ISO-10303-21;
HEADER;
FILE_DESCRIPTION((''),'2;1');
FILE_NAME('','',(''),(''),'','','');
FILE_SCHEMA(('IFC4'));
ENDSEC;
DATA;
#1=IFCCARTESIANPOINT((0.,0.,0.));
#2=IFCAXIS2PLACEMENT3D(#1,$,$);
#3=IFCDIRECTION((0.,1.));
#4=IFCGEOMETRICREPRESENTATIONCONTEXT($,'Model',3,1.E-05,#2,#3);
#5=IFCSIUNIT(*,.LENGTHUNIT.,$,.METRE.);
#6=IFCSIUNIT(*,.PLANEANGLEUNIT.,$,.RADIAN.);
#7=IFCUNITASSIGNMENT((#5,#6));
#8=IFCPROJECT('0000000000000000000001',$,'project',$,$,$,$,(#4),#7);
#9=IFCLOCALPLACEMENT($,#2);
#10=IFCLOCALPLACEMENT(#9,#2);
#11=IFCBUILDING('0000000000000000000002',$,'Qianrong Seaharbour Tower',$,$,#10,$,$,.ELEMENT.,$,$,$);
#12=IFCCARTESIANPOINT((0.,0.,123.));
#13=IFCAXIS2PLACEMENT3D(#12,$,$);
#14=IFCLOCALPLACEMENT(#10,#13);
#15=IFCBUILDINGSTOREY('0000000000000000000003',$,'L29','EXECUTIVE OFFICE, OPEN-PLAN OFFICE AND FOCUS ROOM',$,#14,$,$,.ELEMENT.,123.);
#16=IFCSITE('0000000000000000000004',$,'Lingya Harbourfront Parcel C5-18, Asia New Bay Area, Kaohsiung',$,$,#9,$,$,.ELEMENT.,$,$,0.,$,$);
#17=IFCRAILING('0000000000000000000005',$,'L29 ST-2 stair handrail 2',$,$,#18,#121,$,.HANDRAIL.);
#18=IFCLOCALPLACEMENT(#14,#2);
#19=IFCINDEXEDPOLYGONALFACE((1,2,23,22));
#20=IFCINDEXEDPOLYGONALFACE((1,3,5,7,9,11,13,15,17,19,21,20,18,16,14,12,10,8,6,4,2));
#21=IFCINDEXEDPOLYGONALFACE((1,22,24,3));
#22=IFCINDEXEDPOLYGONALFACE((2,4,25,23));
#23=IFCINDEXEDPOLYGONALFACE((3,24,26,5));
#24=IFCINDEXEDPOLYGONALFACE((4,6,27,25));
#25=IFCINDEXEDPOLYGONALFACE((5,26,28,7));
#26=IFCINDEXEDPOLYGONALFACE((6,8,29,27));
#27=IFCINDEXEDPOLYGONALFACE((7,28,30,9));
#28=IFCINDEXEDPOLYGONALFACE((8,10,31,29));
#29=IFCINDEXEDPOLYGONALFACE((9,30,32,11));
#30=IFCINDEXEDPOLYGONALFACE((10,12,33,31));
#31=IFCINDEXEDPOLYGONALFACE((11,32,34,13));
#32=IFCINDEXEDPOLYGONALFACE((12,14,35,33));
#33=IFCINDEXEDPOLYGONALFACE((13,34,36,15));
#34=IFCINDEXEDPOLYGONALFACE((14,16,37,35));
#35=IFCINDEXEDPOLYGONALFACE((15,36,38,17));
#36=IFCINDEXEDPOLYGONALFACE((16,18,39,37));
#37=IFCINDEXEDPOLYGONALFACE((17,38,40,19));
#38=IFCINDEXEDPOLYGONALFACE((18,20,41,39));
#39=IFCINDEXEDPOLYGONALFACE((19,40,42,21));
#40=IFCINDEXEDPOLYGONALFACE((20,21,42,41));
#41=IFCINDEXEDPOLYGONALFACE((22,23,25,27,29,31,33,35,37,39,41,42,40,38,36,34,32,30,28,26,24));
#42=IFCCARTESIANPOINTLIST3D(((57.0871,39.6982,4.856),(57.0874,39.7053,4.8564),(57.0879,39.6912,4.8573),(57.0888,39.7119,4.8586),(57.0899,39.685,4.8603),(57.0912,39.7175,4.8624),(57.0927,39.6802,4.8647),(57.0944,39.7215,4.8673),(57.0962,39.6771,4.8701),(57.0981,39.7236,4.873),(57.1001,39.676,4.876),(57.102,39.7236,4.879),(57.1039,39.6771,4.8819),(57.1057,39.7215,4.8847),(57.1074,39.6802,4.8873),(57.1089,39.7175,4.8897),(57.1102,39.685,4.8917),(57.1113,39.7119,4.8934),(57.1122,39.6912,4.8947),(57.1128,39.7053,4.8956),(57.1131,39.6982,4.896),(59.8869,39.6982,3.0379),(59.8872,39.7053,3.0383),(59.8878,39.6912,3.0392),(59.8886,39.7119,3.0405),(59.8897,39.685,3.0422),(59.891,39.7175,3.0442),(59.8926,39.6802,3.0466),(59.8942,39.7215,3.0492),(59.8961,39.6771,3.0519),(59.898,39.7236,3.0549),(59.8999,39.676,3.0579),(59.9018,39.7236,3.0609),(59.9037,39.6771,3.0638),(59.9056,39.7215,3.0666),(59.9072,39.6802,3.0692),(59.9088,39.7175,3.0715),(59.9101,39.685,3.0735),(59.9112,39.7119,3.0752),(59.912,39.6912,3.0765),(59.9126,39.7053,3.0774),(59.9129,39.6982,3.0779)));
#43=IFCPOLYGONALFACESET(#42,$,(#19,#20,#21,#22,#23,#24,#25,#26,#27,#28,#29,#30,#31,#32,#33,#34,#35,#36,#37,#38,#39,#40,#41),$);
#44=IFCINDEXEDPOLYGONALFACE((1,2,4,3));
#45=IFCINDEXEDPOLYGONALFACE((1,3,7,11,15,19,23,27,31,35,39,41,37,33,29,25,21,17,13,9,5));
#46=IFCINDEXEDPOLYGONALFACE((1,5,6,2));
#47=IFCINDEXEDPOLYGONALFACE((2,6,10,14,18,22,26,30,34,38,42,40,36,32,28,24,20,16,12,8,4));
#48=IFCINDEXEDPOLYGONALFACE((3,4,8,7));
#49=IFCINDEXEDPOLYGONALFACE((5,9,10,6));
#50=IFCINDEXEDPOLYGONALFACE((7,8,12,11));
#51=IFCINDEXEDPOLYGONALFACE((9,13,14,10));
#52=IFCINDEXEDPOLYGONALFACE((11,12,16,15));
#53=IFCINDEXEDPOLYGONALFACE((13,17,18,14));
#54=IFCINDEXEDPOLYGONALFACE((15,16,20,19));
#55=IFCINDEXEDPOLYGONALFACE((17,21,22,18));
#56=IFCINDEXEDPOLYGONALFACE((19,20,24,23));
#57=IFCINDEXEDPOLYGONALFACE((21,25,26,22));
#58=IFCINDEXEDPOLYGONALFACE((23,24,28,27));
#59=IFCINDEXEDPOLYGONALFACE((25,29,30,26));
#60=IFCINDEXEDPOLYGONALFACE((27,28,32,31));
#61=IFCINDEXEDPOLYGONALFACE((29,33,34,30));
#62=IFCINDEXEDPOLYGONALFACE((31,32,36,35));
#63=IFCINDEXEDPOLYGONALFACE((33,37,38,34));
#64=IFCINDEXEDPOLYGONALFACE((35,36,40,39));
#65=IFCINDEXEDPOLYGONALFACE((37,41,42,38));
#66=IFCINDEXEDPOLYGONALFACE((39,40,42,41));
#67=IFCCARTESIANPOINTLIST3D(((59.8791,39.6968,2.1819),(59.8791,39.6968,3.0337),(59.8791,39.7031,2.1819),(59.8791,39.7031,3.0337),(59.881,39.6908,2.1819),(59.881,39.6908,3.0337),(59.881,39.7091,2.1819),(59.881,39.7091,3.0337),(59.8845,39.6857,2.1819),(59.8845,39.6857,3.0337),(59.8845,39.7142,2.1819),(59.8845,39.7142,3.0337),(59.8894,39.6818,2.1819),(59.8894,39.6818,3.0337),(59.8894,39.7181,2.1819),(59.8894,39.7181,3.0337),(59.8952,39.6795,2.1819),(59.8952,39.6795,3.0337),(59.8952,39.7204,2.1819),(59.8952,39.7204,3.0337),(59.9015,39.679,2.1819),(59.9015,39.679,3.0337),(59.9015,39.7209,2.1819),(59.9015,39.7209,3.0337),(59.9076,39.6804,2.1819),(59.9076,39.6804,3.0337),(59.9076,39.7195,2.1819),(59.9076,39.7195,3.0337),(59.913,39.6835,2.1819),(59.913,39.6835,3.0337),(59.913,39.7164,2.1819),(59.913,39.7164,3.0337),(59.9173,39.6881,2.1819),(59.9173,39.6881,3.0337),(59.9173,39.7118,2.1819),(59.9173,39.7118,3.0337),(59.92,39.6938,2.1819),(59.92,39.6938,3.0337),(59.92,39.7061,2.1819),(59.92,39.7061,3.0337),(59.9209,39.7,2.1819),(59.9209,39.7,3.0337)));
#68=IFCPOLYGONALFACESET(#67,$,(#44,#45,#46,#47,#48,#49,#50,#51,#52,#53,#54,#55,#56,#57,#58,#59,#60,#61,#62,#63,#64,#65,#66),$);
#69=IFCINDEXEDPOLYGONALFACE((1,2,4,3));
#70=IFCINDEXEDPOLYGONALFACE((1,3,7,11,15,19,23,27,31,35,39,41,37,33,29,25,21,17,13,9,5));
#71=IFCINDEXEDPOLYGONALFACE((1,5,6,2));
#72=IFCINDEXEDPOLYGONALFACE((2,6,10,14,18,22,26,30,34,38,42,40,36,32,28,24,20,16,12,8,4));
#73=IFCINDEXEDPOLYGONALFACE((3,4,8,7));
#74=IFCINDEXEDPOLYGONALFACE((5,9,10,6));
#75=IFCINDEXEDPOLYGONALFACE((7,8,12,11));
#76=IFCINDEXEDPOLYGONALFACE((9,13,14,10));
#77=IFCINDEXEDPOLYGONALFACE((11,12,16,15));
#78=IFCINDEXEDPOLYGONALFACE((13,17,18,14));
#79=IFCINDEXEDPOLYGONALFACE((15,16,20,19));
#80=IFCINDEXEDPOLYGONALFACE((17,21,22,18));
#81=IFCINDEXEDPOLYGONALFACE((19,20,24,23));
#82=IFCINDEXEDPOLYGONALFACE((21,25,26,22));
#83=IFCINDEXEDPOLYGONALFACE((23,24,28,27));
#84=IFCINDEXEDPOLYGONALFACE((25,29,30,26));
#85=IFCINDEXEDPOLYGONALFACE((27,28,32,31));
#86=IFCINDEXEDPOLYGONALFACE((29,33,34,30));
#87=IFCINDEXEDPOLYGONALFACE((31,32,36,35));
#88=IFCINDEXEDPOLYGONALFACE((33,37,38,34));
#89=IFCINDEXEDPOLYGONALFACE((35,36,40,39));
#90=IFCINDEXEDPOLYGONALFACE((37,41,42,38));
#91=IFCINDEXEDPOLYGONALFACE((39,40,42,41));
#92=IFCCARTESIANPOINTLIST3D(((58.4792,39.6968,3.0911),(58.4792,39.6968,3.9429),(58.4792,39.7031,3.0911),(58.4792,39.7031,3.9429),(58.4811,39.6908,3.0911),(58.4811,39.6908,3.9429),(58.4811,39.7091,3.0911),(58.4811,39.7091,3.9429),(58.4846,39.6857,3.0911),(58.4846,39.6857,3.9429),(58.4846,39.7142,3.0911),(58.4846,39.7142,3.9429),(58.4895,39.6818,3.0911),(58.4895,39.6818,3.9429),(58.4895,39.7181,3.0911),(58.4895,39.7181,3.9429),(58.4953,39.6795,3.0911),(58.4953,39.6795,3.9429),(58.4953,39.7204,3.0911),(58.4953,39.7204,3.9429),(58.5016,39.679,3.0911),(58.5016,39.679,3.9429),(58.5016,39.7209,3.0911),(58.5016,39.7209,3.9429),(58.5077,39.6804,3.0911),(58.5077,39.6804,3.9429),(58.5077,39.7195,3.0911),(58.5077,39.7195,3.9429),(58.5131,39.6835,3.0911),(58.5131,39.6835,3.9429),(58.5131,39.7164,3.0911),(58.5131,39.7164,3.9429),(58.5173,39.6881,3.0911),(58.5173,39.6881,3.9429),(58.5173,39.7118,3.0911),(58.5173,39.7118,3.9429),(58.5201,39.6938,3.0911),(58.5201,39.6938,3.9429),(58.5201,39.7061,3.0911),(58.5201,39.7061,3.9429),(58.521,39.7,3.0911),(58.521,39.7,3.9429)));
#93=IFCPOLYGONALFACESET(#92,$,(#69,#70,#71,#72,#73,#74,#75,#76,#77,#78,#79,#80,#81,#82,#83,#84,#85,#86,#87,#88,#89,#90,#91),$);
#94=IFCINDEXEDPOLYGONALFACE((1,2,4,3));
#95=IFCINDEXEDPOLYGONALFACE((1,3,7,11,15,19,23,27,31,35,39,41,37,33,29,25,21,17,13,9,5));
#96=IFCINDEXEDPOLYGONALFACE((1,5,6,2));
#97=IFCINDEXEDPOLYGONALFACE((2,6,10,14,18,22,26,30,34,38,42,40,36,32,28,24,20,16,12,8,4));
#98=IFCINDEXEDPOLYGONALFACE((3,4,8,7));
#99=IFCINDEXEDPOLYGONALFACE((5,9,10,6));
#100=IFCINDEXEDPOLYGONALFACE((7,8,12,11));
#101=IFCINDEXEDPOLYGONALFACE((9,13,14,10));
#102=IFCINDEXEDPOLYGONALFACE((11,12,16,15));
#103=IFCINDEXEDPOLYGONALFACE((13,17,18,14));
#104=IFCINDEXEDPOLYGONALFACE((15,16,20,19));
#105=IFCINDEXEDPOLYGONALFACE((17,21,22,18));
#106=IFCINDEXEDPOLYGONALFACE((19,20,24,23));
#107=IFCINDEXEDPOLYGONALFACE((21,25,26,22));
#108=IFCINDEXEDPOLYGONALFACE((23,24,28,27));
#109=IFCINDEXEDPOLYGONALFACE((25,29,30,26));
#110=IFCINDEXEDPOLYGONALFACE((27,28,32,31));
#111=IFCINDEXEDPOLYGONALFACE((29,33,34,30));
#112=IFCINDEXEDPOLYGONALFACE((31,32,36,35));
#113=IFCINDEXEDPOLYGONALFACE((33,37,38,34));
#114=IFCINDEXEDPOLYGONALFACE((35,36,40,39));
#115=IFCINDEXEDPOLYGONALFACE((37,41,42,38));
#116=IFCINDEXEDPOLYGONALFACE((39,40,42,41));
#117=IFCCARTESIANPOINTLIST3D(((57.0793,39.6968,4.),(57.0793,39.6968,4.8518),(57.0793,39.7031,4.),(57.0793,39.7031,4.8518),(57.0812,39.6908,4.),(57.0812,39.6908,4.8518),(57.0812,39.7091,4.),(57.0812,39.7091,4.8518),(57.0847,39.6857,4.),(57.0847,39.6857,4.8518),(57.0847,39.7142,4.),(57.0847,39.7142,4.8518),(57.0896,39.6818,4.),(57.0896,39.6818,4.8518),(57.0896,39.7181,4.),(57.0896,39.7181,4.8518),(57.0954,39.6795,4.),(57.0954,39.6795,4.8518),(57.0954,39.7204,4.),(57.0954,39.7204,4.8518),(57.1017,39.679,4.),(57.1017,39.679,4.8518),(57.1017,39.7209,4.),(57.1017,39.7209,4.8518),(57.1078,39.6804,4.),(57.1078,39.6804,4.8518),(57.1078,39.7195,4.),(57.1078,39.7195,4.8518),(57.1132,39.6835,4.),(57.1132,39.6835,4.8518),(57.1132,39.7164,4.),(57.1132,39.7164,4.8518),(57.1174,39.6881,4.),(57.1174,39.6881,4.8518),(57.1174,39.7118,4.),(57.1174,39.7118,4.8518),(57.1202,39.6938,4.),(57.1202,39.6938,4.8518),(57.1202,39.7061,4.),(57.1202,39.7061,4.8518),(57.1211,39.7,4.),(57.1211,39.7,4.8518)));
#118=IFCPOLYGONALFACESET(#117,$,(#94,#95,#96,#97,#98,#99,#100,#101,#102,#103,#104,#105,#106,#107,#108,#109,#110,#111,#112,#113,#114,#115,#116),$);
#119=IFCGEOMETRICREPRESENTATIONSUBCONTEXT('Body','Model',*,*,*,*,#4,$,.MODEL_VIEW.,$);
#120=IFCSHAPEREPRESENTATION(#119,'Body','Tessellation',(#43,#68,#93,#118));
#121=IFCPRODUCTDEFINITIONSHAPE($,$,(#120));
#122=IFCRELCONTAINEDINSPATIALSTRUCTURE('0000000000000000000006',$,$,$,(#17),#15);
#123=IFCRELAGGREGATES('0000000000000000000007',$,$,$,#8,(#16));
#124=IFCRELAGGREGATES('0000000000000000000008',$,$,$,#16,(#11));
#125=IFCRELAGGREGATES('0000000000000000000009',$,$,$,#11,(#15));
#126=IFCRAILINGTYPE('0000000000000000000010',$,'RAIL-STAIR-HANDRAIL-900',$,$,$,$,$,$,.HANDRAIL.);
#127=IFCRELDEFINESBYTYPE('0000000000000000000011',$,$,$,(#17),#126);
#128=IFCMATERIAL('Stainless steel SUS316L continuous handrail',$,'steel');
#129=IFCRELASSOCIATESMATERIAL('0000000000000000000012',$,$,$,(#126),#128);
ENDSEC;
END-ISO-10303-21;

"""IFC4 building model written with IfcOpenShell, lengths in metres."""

from ifc_helpers import new_model, si_unit, direction, frame, origin, origin_2d, place, context, subcontext, project, spatial, circle, extrude, material, type_object, element, save


model = new_model("IFC4")

# Units and contexts
model_context = context("Model", 3, precision=1e-05, world=origin(), true_north=direction((0.0, 1.0)))
body_context = subcontext(model_context, "Body", "Model", "MODEL_VIEW")
ifc_project = project(units=[si_unit("LENGTHUNIT", "METRE"), si_unit("PLANEANGLEUNIT", "RADIAN")], contexts=[model_context])

# Site, building, storey
site_placement = place(None, origin())
site = spatial("IfcSite", under=ifc_project, at=site_placement, Name="Lingya Harbourfront Parcel C5-18, Asia New Bay Area, Kaohsiung", CompositionType="ELEMENT", RefElevation=0.0)
building_placement = place(site_placement, origin())
building = spatial("IfcBuilding", under=site, at=building_placement, Name="Qianrong Seaharbour Tower", CompositionType="ELEMENT")
storey_placement = place(building_placement, frame((0.0, 0.0, 123.0)))
storey = spatial("IfcBuildingStorey", under=building, at=storey_placement, Name="L29", Description="EXECUTIVE OFFICE, OPEN-PLAN OFFICE AND FOCUS ROOM", CompositionType="ELEMENT", Elevation=123.0)

# Railing
ifc_material_1 = material(Name="Stainless steel SUS316L continuous handrail", Category="steel")
railing_type_1 = type_object("IfcRailingType", Name="RAIL-STAIR-HANDRAIL-900", PredefinedType="HANDRAIL", material=ifc_material_1)
railing_1_placement = place(storey_placement, frame((59.8999, 39.7, 2.1819)))
element("IfcRailing", 1, at=railing_1_placement, inside=storey, type_object=railing_type_1, Name="L29 ST-2 stair handrail 2", PredefinedType="HANDRAIL", context=body_context, shape_type="SweptSolid", body=[
    extrude(circle(Radius=0.0239, at=origin_2d()), frame((0.0, 0.0, 0.876), z_axis=(-0.838684, 0.0, 0.544618), x_axis=(0.0, -1.0, 0.0)), (0.0, 0.0, 1.0), 3.3384),
    extrude(circle(Radius=0.021, at=origin_2d()), origin(), (0.0, 0.0, 1.0), 0.8518),
    extrude(circle(Radius=0.021, at=origin_2d()), frame((-1.3999, 0.0, 0.9092)), (0.0, 0.0, 1.0), 0.8518),
    extrude(circle(Radius=0.021, at=origin_2d()), frame((-2.7998, 0.0, 1.8181)), (0.0, 0.0, 1.0), 0.8518),
])

save(model, "model.ifc")
